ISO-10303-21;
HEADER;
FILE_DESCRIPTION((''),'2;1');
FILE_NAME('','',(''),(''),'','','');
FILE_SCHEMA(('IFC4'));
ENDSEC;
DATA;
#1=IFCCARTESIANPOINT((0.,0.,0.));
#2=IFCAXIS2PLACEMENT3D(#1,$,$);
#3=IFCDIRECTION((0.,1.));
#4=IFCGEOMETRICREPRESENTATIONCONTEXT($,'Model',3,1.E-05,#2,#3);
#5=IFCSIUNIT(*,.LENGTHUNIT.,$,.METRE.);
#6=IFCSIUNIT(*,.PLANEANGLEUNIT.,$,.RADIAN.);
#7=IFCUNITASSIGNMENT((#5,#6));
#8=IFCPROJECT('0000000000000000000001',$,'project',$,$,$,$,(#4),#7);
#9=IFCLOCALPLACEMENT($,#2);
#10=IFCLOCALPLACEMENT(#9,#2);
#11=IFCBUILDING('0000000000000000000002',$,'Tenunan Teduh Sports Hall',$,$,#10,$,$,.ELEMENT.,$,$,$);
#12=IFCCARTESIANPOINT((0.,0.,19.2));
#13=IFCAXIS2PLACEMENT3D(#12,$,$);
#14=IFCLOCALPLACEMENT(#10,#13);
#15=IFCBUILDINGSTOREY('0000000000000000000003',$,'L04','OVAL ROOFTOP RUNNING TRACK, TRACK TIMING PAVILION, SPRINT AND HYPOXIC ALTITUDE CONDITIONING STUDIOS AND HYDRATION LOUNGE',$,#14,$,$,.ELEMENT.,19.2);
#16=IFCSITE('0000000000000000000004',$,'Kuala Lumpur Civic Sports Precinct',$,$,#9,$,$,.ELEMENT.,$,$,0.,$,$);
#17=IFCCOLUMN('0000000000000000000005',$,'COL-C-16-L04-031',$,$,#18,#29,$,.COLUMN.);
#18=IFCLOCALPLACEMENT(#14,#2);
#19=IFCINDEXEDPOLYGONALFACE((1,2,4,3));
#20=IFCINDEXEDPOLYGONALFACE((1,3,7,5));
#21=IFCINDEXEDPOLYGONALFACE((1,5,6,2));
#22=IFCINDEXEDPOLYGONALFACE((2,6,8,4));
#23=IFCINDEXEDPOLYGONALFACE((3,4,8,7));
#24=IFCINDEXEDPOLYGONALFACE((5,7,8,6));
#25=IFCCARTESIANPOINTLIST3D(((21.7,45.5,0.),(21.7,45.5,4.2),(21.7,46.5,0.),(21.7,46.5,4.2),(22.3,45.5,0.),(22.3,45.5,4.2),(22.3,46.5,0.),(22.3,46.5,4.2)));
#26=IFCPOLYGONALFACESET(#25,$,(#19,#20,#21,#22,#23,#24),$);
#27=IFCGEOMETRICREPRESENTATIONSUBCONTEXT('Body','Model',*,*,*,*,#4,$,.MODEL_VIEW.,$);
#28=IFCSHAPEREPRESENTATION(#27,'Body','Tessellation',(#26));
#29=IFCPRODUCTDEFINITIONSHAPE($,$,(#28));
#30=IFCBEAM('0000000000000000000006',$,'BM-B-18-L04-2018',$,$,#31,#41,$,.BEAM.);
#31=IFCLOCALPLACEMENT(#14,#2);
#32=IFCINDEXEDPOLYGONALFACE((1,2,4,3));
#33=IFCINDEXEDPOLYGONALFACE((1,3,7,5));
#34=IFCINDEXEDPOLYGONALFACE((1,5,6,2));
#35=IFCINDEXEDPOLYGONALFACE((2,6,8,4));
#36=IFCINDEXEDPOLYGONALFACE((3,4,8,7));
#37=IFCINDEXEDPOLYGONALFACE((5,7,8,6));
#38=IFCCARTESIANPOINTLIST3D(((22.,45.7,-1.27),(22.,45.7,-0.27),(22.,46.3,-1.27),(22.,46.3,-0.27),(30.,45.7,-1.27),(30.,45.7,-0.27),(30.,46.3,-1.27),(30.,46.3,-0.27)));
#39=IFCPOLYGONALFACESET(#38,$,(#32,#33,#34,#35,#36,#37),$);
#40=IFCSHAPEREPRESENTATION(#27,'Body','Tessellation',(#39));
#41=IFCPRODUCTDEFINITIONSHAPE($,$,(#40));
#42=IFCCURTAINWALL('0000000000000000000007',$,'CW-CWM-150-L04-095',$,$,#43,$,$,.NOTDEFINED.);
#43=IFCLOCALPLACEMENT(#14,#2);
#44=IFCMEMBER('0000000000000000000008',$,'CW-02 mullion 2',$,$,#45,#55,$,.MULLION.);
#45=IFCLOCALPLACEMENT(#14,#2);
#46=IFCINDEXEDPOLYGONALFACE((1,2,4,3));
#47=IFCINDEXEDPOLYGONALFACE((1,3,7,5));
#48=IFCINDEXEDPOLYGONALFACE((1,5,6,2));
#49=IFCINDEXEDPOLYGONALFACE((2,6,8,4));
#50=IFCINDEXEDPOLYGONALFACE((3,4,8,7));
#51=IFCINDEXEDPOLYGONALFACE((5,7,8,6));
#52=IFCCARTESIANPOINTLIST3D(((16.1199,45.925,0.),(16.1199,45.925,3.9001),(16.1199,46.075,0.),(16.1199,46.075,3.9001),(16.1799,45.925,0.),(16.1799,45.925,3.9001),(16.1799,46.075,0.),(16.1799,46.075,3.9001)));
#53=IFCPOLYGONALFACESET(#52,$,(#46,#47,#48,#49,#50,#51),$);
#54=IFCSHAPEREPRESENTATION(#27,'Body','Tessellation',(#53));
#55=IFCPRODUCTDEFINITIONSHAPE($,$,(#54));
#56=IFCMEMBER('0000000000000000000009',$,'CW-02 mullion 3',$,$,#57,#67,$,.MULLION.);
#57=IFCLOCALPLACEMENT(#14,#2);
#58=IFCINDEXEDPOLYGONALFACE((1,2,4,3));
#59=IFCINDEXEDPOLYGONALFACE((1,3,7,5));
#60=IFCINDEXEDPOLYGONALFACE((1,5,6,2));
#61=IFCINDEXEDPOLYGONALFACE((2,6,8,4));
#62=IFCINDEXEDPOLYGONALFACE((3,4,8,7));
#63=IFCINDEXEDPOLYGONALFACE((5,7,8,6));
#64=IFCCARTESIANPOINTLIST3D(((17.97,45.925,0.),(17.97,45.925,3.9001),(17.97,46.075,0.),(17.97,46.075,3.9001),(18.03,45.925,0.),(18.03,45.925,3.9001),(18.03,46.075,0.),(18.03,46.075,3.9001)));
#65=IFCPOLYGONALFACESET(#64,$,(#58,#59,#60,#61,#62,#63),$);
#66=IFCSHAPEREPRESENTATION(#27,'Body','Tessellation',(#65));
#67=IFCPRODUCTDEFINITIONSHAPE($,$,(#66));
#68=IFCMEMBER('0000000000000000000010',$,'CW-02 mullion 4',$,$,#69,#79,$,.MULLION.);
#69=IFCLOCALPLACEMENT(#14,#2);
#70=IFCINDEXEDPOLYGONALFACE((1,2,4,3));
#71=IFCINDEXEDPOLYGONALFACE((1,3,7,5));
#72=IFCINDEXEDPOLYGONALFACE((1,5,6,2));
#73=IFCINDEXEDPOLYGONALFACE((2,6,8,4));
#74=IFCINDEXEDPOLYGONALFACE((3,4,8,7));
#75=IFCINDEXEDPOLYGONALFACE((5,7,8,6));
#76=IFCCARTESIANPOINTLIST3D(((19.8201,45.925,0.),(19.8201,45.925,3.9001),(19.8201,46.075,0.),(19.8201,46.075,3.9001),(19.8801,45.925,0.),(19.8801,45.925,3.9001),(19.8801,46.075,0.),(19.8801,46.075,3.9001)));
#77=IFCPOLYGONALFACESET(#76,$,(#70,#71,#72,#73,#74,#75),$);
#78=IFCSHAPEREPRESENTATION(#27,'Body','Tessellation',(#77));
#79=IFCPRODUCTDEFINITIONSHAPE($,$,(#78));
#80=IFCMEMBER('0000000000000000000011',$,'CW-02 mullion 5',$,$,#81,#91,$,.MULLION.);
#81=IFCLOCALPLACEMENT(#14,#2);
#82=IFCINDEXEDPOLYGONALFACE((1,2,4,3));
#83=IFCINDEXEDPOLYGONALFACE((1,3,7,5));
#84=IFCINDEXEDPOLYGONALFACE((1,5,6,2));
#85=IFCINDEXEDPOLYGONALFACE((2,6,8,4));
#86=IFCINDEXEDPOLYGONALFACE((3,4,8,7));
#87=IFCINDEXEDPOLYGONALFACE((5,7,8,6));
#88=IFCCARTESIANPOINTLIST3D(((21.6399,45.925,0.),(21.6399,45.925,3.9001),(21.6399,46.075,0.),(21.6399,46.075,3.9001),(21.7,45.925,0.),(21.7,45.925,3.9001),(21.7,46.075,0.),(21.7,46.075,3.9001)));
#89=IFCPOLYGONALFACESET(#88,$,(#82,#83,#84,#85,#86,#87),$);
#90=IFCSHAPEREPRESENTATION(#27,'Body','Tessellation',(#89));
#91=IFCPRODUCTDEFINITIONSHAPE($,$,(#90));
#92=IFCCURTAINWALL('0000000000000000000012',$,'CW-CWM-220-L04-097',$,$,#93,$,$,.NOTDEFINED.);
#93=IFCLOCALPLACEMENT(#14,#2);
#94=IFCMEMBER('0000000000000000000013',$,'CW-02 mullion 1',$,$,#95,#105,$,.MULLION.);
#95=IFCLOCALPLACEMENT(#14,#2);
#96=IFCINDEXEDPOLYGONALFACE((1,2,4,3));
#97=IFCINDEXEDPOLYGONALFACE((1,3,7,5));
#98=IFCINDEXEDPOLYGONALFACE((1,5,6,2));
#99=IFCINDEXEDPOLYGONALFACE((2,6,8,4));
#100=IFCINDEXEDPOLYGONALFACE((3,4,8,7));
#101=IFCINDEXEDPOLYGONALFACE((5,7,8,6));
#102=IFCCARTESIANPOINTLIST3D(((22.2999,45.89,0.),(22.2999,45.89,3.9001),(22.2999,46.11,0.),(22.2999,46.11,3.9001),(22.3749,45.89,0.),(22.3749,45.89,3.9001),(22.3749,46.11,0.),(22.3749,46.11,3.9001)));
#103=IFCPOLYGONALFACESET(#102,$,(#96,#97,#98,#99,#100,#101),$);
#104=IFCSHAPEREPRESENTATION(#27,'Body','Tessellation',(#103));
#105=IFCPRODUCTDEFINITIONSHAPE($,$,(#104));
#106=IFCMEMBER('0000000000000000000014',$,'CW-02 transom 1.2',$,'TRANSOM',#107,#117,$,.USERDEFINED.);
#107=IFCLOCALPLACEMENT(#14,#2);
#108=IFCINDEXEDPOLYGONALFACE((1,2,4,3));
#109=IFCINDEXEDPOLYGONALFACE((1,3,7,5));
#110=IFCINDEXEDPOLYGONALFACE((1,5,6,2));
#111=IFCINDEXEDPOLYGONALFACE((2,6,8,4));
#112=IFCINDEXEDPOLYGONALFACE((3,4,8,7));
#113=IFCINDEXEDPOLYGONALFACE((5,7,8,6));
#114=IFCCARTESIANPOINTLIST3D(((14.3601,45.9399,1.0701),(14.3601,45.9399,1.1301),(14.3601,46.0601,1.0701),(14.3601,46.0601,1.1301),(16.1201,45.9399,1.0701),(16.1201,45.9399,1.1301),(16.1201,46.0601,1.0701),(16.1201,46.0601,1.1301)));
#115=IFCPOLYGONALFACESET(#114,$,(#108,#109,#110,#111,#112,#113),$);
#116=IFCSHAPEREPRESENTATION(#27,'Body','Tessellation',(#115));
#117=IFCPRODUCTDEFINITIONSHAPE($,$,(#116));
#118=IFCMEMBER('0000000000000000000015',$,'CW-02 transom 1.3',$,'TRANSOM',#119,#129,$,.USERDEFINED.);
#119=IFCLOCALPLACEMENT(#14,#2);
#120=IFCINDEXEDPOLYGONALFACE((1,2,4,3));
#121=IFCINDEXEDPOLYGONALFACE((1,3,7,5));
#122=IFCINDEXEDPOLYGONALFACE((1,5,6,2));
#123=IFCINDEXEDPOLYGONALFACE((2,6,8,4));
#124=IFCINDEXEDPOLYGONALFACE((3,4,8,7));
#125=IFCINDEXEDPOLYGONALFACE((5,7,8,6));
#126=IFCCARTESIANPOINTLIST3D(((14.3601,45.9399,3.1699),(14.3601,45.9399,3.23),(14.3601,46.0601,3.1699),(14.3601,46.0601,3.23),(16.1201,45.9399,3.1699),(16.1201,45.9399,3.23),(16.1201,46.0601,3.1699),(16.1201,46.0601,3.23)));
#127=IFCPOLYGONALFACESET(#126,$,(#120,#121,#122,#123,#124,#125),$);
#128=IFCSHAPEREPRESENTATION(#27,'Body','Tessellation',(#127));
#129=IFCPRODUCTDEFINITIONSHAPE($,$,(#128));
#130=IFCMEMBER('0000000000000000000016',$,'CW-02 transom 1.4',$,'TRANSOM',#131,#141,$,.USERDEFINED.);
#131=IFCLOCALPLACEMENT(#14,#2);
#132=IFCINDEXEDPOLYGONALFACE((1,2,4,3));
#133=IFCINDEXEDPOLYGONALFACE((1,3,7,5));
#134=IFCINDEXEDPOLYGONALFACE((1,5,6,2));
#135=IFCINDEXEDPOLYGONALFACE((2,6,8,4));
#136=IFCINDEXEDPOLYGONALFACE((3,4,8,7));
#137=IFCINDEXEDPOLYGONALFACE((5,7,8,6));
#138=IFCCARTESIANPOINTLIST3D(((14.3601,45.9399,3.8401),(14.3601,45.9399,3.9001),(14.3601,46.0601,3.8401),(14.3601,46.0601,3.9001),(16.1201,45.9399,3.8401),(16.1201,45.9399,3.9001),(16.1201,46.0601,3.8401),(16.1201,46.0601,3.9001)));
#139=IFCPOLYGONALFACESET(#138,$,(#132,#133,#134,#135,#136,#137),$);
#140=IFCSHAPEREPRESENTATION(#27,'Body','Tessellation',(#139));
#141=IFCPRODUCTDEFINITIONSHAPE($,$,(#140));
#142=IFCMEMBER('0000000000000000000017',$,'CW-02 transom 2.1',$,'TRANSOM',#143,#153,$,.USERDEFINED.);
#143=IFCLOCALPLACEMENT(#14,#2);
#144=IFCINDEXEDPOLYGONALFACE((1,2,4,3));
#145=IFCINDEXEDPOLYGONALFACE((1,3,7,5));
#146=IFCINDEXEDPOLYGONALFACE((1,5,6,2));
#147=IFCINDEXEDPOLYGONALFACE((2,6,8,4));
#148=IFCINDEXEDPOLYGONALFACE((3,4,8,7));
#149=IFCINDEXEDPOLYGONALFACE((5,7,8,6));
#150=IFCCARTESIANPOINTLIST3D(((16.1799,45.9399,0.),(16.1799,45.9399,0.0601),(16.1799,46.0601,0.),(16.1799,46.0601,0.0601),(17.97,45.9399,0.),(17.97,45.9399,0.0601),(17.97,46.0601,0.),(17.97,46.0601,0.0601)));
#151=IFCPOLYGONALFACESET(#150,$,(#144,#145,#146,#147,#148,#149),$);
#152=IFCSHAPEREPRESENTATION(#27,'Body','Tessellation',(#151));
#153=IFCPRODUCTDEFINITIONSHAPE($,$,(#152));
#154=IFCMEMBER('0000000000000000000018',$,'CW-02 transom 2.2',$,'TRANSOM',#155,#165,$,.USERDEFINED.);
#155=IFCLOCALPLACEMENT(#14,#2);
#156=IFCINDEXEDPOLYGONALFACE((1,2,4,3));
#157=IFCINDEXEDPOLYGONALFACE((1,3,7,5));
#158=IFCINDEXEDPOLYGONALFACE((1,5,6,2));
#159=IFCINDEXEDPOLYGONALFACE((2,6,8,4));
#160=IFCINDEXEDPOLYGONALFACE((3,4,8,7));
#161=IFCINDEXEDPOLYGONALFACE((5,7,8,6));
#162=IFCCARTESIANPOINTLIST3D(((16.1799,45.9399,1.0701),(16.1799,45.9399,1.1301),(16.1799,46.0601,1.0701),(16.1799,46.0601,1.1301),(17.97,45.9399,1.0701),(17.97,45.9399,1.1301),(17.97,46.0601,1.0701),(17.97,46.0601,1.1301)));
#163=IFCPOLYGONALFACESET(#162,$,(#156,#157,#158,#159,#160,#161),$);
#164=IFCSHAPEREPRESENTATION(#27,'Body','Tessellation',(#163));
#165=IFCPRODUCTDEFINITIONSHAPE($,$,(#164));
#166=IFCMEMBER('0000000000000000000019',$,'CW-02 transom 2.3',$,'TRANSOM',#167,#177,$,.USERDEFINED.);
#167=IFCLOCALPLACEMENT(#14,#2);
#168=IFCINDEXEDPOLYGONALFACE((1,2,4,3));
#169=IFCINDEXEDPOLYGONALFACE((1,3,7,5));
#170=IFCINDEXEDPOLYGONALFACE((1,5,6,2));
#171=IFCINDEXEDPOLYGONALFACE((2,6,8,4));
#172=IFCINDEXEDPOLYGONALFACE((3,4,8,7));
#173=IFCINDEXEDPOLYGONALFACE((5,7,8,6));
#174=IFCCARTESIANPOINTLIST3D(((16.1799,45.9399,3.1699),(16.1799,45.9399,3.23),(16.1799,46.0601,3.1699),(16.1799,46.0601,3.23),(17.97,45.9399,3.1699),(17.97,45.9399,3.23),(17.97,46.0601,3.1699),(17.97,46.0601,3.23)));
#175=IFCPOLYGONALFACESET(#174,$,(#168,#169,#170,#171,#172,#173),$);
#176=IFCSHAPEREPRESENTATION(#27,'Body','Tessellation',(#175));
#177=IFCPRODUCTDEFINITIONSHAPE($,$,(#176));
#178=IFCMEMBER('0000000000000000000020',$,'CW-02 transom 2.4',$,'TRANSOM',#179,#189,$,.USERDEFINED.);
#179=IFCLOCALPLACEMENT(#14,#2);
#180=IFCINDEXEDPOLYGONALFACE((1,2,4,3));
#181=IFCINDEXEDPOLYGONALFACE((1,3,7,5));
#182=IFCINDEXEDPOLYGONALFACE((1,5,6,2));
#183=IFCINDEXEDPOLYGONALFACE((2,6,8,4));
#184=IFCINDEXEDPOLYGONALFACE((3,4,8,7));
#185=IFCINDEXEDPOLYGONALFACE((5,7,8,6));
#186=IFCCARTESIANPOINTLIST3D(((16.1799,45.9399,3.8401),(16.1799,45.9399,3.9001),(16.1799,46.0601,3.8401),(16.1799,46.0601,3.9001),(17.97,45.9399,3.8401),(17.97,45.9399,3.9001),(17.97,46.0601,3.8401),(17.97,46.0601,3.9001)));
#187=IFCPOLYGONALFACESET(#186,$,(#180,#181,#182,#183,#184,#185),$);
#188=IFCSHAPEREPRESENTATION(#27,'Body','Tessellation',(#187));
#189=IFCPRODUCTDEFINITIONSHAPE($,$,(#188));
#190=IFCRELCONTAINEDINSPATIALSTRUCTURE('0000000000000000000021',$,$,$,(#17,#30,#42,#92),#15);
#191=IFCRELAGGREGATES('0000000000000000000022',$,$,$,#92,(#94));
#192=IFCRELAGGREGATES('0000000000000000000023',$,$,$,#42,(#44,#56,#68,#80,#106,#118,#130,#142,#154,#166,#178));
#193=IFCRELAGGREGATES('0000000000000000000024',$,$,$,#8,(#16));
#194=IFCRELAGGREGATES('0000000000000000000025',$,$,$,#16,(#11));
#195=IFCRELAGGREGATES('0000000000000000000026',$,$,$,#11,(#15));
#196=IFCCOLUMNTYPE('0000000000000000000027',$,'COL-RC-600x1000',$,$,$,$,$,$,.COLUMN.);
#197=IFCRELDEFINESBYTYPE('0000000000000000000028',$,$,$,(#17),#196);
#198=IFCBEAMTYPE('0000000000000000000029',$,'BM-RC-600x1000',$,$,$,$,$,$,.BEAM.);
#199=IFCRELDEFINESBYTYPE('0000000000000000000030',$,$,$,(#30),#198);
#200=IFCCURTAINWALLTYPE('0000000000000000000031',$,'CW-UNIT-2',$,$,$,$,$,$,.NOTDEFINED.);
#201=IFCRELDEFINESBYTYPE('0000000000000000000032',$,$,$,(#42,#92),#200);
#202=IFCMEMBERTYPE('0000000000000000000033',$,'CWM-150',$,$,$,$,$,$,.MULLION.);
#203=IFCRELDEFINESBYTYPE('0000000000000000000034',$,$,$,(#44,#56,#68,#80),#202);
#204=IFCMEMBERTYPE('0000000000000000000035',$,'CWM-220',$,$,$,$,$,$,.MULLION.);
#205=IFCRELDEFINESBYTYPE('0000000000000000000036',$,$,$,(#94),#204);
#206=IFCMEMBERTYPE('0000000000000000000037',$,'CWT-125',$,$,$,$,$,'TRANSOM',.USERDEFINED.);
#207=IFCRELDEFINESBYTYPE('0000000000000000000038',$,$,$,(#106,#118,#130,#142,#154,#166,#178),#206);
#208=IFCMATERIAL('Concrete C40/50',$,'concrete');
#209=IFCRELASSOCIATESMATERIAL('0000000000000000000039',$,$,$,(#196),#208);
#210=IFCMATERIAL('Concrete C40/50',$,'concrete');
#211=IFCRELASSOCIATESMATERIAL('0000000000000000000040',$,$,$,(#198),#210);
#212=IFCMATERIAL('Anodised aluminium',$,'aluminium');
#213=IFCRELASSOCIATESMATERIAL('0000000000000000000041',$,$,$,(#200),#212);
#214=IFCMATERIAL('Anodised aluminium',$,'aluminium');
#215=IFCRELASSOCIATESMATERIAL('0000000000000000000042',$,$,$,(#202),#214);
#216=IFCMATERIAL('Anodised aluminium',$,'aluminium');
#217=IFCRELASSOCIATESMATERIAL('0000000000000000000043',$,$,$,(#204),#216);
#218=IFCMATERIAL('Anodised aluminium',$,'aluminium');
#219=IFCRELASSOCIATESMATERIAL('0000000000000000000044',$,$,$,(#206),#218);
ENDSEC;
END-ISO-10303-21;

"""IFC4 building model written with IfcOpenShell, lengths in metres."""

from ifc_helpers import new_model, si_unit, direction, frame, origin, origin_2d, place, context, subcontext, project, spatial, rectangle, extrude, material, material_profile, profile_set, type_object, element, aggregate, save


model = new_model("IFC4")

# Units and contexts
model_context = context("Model", 3, precision=1e-05, world=origin(), true_north=direction((0.0, 1.0)))
body_context = subcontext(model_context, "Body", "Model", "MODEL_VIEW")
ifc_project = project(units=[si_unit("LENGTHUNIT", "METRE"), si_unit("PLANEANGLEUNIT", "RADIAN")], contexts=[model_context])

# Site, building, storey
site_placement = place(None, origin())
site = spatial("IfcSite", under=ifc_project, at=site_placement, Name="Kuala Lumpur Civic Sports Precinct", CompositionType="ELEMENT", RefElevation=0.0)
building_placement = place(site_placement, origin())
building = spatial("IfcBuilding", under=site, at=building_placement, Name="Tenunan Teduh Sports Hall", CompositionType="ELEMENT")
storey_placement = place(building_placement, frame((0.0, 0.0, 19.2)))
storey = spatial("IfcBuildingStorey", under=building, at=storey_placement, Name="L04", Description="OVAL ROOFTOP RUNNING TRACK, TRACK TIMING PAVILION, SPRINT AND HYPOXIC ALTITUDE CONDITIONING STUDIOS AND HYDRATION LOUNGE", CompositionType="ELEMENT", Elevation=19.2)

# Column
ifc_material_1 = material(Name="Concrete C40/50", Category="concrete")
ifc_material_profile_1 = material_profile(ifc_material_1, rectangle(XDim=0.6001, YDim=1.0, at=origin_2d()), Name="RC 600x1000")
ifc_profile_set_1 = profile_set([ifc_material_profile_1], Name="Concrete C40/50")
column_type = type_object("IfcColumnType", Name="COL-RC-600x1000", PredefinedType="COLUMN", material=ifc_profile_set_1)
column_placement = place(storey_placement, frame((22.0, 46.0, 0.0), z_axis=(0.0, 0.0, 1.0), x_axis=(1.0, 0.0, 0.0)))
element("IfcColumn", 1, at=column_placement, inside=storey, type_object=column_type, Name="COL-C-16-L04-031", PredefinedType="COLUMN", context=body_context, shape_type="SweptSolid", body=[
    extrude(rectangle(XDim=0.6001, YDim=1.0, at=origin_2d()), origin(), (0.0, 0.0, 1.0), 4.2),
])

# Beam
ifc_material_2 = material(Name="Concrete C40/50", Category="concrete")
ifc_material_profile_2 = material_profile(ifc_material_2, rectangle(XDim=0.6001, YDim=1.0, at=origin_2d()), Name="RCB 600x1000")
ifc_profile_set_2 = profile_set([ifc_material_profile_2], Name="Concrete C40/50")
beam_type = type_object("IfcBeamType", Name="BM-RC-600x1000", PredefinedType="BEAM", material=ifc_profile_set_2)
beam_placement = place(storey_placement, frame((22.0, 46.0, -0.77), z_axis=(1.0, 0.0, 0.0), x_axis=(0.0, 1.0, 0.0)))
element("IfcBeam", 2, at=beam_placement, inside=storey, type_object=beam_type, Name="BM-B-18-L04-2018", PredefinedType="BEAM", context=body_context, shape_type="SweptSolid", body=[
    extrude(rectangle(XDim=0.6001, YDim=1.0, at=origin_2d()), origin(), (0.0, 0.0, 1.0), 8.0),
])

# Curtain wall, members
ifc_material_3 = material(Name="Anodised aluminium", Category="aluminium")
curtain_wall_type = type_object("IfcCurtainWallType", Name="CW-UNIT-2", PredefinedType="NOTDEFINED", material=ifc_material_3)
curtain_wall_1_placement = place(storey_placement, origin())
curtain_wall_1 = element("IfcCurtainWall", 3, at=curtain_wall_1_placement, inside=storey, type_object=curtain_wall_type, Name="CW-CWM-150-L04-095", PredefinedType="NOTDEFINED")
ifc_material_4 = material(Name="Anodised aluminium", Category="aluminium")
ifc_material_profile_3 = material_profile(ifc_material_4, rectangle(XDim=0.0601, YDim=0.1499, at=origin_2d()), Name="CWM 60x150")
ifc_profile_set_3 = profile_set([ifc_material_profile_3], Name="Anodised aluminium")
member_type_1 = type_object("IfcMemberType", Name="CWM-150", PredefinedType="MULLION", material=ifc_profile_set_3)
member_1_placement = place(storey_placement, frame((16.1499, 46.0, 0.0), z_axis=(0.0, 0.0, 1.0), x_axis=(1.0, 0.0, 0.0)))
member_1 = element("IfcMember", 4, at=member_1_placement, type_object=member_type_1, Name="CW-02 mullion 2", PredefinedType="MULLION", context=body_context, shape_type="SweptSolid", body=[
    extrude(rectangle(XDim=0.0601, YDim=0.1499, at=origin_2d()), origin(), (0.0, 0.0, 1.0), 3.9001),
])
member_2_placement = place(storey_placement, frame((18.0, 46.0, 0.0), z_axis=(0.0, 0.0, 1.0), x_axis=(1.0, 0.0, 0.0)))
member_2 = element("IfcMember", 5, at=member_2_placement, type_object=member_type_1, Name="CW-02 mullion 3", PredefinedType="MULLION", context=body_context, shape_type="SweptSolid", body=[
    extrude(rectangle(XDim=0.0601, YDim=0.1499, at=origin_2d()), origin(), (0.0, 0.0, 1.0), 3.9001),
])
member_3_placement = place(storey_placement, frame((19.8501, 46.0, 0.0), z_axis=(0.0, 0.0, 1.0), x_axis=(1.0, 0.0, 0.0)))
member_3 = element("IfcMember", 6, at=member_3_placement, type_object=member_type_1, Name="CW-02 mullion 4", PredefinedType="MULLION", context=body_context, shape_type="SweptSolid", body=[
    extrude(rectangle(XDim=0.0601, YDim=0.1499, at=origin_2d()), origin(), (0.0, 0.0, 1.0), 3.9001),
])
member_4_placement = place(storey_placement, frame((21.6699, 46.0, 0.0), z_axis=(0.0, 0.0, 1.0), x_axis=(1.0, 0.0, 0.0)))
member_4 = element("IfcMember", 7, at=member_4_placement, type_object=member_type_1, Name="CW-02 mullion 5", PredefinedType="MULLION", context=body_context, shape_type="SweptSolid", body=[
    extrude(rectangle(XDim=0.0601, YDim=0.1499, at=origin_2d()), origin(), (0.0, 0.0, 1.0), 3.9001),
])

# Curtain wall, member
curtain_wall_2_placement = place(storey_placement, origin())
curtain_wall_2 = element("IfcCurtainWall", 8, at=curtain_wall_2_placement, inside=storey, type_object=curtain_wall_type, Name="CW-CWM-220-L04-097", PredefinedType="NOTDEFINED")
ifc_material_5 = material(Name="Anodised aluminium", Category="aluminium")
ifc_material_profile_4 = material_profile(ifc_material_5, rectangle(XDim=0.075, YDim=0.22, at=origin_2d()), Name="CWM 75x220")
ifc_profile_set_4 = profile_set([ifc_material_profile_4], Name="Anodised aluminium")
member_type_2 = type_object("IfcMemberType", Name="CWM-220", PredefinedType="MULLION", material=ifc_profile_set_4)
member_5_placement = place(storey_placement, frame((22.3374, 46.0, 0.0), z_axis=(0.0, 0.0, 1.0), x_axis=(1.0, 0.0, 0.0)))
member_5 = element("IfcMember", 9, at=member_5_placement, type_object=member_type_2, Name="CW-02 mullion 1", PredefinedType="MULLION", context=body_context, shape_type="SweptSolid", body=[
    extrude(rectangle(XDim=0.075, YDim=0.22, at=origin_2d()), origin(), (0.0, 0.0, 1.0), 3.9001),
])

# Members
ifc_material_6 = material(Name="Anodised aluminium", Category="aluminium")
ifc_material_profile_5 = material_profile(ifc_material_6, rectangle(XDim=0.0601, YDim=0.1201, at=origin_2d()), Name="CWT 60x120")
ifc_profile_set_5 = profile_set([ifc_material_profile_5], Name="Anodised aluminium")
member_type_3 = type_object("IfcMemberType", Name="CWT-125", ElementType="TRANSOM", PredefinedType="USERDEFINED", material=ifc_profile_set_5)
member_6_placement = place(storey_placement, frame((14.3601, 46.0, 1.1001), z_axis=(1.0, 0.0, 0.0), x_axis=(0.0, 0.0, 1.0)))
member_6 = element("IfcMember", 10, at=member_6_placement, type_object=member_type_3, Name="CW-02 transom 1.2", ObjectType="TRANSOM", PredefinedType="USERDEFINED", context=body_context, shape_type="SweptSolid", body=[
    extrude(rectangle(XDim=0.0601, YDim=0.1201, at=origin_2d()), origin(), (0.0, 0.0, 1.0), 1.76),
])
member_7_placement = place(storey_placement, frame((14.3601, 46.0, 3.2), z_axis=(1.0, 0.0, 0.0), x_axis=(0.0, 0.0, 1.0)))
member_7 = element("IfcMember", 11, at=member_7_placement, type_object=member_type_3, Name="CW-02 transom 1.3", ObjectType="TRANSOM", PredefinedType="USERDEFINED", context=body_context, shape_type="SweptSolid", body=[
    extrude(rectangle(XDim=0.0601, YDim=0.1201, at=origin_2d()), origin(), (0.0, 0.0, 1.0), 1.76),
])
member_8_placement = place(storey_placement, frame((14.3601, 46.0, 3.8701), z_axis=(1.0, 0.0, 0.0), x_axis=(0.0, 0.0, 1.0)))
member_8 = element("IfcMember", 12, at=member_8_placement, type_object=member_type_3, Name="CW-02 transom 1.4", ObjectType="TRANSOM", PredefinedType="USERDEFINED", context=body_context, shape_type="SweptSolid", body=[
    extrude(rectangle(XDim=0.0601, YDim=0.1201, at=origin_2d()), origin(), (0.0, 0.0, 1.0), 1.76),
])
member_9_placement = place(storey_placement, frame((16.1799, 46.0, 0.03), z_axis=(1.0, 0.0, 0.0), x_axis=(0.0, 0.0, 1.0)))
member_9 = element("IfcMember", 13, at=member_9_placement, type_object=member_type_3, Name="CW-02 transom 2.1", ObjectType="TRANSOM", PredefinedType="USERDEFINED", context=body_context, shape_type="SweptSolid", body=[
    extrude(rectangle(XDim=0.0601, YDim=0.1201, at=origin_2d()), origin(), (0.0, 0.0, 1.0), 1.79),
])
member_10_placement = place(storey_placement, frame((16.1799, 46.0, 1.1001), z_axis=(1.0, 0.0, 0.0), x_axis=(0.0, 0.0, 1.0)))
member_10 = element("IfcMember", 14, at=member_10_placement, type_object=member_type_3, Name="CW-02 transom 2.2", ObjectType="TRANSOM", PredefinedType="USERDEFINED", context=body_context, shape_type="SweptSolid", body=[
    extrude(rectangle(XDim=0.0601, YDim=0.1201, at=origin_2d()), origin(), (0.0, 0.0, 1.0), 1.79),
])
member_11_placement = place(storey_placement, frame((16.1799, 46.0, 3.2), z_axis=(1.0, 0.0, 0.0), x_axis=(0.0, 0.0, 1.0)))
member_11 = element("IfcMember", 15, at=member_11_placement, type_object=member_type_3, Name="CW-02 transom 2.3", ObjectType="TRANSOM", PredefinedType="USERDEFINED", context=body_context, shape_type="SweptSolid", body=[
    extrude(rectangle(XDim=0.0601, YDim=0.1201, at=origin_2d()), origin(), (0.0, 0.0, 1.0), 1.79),
])
member_12_placement = place(storey_placement, frame((16.1799, 46.0, 3.8701), z_axis=(1.0, 0.0, 0.0), x_axis=(0.0, 0.0, 1.0)))
member_12 = element("IfcMember", 16, at=member_12_placement, type_object=member_type_3, Name="CW-02 transom 2.4", ObjectType="TRANSOM", PredefinedType="USERDEFINED", context=body_context, shape_type="SweptSolid", body=[
    extrude(rectangle(XDim=0.0601, YDim=0.1201, at=origin_2d()), origin(), (0.0, 0.0, 1.0), 1.79),
])
aggregate(curtain_wall_2, [member_5])

aggregate(curtain_wall_1, [member_1, member_2, member_3, member_4, member_6, member_7, member_8, member_9, member_10, member_11, member_12])

save(model, "model.ifc")
